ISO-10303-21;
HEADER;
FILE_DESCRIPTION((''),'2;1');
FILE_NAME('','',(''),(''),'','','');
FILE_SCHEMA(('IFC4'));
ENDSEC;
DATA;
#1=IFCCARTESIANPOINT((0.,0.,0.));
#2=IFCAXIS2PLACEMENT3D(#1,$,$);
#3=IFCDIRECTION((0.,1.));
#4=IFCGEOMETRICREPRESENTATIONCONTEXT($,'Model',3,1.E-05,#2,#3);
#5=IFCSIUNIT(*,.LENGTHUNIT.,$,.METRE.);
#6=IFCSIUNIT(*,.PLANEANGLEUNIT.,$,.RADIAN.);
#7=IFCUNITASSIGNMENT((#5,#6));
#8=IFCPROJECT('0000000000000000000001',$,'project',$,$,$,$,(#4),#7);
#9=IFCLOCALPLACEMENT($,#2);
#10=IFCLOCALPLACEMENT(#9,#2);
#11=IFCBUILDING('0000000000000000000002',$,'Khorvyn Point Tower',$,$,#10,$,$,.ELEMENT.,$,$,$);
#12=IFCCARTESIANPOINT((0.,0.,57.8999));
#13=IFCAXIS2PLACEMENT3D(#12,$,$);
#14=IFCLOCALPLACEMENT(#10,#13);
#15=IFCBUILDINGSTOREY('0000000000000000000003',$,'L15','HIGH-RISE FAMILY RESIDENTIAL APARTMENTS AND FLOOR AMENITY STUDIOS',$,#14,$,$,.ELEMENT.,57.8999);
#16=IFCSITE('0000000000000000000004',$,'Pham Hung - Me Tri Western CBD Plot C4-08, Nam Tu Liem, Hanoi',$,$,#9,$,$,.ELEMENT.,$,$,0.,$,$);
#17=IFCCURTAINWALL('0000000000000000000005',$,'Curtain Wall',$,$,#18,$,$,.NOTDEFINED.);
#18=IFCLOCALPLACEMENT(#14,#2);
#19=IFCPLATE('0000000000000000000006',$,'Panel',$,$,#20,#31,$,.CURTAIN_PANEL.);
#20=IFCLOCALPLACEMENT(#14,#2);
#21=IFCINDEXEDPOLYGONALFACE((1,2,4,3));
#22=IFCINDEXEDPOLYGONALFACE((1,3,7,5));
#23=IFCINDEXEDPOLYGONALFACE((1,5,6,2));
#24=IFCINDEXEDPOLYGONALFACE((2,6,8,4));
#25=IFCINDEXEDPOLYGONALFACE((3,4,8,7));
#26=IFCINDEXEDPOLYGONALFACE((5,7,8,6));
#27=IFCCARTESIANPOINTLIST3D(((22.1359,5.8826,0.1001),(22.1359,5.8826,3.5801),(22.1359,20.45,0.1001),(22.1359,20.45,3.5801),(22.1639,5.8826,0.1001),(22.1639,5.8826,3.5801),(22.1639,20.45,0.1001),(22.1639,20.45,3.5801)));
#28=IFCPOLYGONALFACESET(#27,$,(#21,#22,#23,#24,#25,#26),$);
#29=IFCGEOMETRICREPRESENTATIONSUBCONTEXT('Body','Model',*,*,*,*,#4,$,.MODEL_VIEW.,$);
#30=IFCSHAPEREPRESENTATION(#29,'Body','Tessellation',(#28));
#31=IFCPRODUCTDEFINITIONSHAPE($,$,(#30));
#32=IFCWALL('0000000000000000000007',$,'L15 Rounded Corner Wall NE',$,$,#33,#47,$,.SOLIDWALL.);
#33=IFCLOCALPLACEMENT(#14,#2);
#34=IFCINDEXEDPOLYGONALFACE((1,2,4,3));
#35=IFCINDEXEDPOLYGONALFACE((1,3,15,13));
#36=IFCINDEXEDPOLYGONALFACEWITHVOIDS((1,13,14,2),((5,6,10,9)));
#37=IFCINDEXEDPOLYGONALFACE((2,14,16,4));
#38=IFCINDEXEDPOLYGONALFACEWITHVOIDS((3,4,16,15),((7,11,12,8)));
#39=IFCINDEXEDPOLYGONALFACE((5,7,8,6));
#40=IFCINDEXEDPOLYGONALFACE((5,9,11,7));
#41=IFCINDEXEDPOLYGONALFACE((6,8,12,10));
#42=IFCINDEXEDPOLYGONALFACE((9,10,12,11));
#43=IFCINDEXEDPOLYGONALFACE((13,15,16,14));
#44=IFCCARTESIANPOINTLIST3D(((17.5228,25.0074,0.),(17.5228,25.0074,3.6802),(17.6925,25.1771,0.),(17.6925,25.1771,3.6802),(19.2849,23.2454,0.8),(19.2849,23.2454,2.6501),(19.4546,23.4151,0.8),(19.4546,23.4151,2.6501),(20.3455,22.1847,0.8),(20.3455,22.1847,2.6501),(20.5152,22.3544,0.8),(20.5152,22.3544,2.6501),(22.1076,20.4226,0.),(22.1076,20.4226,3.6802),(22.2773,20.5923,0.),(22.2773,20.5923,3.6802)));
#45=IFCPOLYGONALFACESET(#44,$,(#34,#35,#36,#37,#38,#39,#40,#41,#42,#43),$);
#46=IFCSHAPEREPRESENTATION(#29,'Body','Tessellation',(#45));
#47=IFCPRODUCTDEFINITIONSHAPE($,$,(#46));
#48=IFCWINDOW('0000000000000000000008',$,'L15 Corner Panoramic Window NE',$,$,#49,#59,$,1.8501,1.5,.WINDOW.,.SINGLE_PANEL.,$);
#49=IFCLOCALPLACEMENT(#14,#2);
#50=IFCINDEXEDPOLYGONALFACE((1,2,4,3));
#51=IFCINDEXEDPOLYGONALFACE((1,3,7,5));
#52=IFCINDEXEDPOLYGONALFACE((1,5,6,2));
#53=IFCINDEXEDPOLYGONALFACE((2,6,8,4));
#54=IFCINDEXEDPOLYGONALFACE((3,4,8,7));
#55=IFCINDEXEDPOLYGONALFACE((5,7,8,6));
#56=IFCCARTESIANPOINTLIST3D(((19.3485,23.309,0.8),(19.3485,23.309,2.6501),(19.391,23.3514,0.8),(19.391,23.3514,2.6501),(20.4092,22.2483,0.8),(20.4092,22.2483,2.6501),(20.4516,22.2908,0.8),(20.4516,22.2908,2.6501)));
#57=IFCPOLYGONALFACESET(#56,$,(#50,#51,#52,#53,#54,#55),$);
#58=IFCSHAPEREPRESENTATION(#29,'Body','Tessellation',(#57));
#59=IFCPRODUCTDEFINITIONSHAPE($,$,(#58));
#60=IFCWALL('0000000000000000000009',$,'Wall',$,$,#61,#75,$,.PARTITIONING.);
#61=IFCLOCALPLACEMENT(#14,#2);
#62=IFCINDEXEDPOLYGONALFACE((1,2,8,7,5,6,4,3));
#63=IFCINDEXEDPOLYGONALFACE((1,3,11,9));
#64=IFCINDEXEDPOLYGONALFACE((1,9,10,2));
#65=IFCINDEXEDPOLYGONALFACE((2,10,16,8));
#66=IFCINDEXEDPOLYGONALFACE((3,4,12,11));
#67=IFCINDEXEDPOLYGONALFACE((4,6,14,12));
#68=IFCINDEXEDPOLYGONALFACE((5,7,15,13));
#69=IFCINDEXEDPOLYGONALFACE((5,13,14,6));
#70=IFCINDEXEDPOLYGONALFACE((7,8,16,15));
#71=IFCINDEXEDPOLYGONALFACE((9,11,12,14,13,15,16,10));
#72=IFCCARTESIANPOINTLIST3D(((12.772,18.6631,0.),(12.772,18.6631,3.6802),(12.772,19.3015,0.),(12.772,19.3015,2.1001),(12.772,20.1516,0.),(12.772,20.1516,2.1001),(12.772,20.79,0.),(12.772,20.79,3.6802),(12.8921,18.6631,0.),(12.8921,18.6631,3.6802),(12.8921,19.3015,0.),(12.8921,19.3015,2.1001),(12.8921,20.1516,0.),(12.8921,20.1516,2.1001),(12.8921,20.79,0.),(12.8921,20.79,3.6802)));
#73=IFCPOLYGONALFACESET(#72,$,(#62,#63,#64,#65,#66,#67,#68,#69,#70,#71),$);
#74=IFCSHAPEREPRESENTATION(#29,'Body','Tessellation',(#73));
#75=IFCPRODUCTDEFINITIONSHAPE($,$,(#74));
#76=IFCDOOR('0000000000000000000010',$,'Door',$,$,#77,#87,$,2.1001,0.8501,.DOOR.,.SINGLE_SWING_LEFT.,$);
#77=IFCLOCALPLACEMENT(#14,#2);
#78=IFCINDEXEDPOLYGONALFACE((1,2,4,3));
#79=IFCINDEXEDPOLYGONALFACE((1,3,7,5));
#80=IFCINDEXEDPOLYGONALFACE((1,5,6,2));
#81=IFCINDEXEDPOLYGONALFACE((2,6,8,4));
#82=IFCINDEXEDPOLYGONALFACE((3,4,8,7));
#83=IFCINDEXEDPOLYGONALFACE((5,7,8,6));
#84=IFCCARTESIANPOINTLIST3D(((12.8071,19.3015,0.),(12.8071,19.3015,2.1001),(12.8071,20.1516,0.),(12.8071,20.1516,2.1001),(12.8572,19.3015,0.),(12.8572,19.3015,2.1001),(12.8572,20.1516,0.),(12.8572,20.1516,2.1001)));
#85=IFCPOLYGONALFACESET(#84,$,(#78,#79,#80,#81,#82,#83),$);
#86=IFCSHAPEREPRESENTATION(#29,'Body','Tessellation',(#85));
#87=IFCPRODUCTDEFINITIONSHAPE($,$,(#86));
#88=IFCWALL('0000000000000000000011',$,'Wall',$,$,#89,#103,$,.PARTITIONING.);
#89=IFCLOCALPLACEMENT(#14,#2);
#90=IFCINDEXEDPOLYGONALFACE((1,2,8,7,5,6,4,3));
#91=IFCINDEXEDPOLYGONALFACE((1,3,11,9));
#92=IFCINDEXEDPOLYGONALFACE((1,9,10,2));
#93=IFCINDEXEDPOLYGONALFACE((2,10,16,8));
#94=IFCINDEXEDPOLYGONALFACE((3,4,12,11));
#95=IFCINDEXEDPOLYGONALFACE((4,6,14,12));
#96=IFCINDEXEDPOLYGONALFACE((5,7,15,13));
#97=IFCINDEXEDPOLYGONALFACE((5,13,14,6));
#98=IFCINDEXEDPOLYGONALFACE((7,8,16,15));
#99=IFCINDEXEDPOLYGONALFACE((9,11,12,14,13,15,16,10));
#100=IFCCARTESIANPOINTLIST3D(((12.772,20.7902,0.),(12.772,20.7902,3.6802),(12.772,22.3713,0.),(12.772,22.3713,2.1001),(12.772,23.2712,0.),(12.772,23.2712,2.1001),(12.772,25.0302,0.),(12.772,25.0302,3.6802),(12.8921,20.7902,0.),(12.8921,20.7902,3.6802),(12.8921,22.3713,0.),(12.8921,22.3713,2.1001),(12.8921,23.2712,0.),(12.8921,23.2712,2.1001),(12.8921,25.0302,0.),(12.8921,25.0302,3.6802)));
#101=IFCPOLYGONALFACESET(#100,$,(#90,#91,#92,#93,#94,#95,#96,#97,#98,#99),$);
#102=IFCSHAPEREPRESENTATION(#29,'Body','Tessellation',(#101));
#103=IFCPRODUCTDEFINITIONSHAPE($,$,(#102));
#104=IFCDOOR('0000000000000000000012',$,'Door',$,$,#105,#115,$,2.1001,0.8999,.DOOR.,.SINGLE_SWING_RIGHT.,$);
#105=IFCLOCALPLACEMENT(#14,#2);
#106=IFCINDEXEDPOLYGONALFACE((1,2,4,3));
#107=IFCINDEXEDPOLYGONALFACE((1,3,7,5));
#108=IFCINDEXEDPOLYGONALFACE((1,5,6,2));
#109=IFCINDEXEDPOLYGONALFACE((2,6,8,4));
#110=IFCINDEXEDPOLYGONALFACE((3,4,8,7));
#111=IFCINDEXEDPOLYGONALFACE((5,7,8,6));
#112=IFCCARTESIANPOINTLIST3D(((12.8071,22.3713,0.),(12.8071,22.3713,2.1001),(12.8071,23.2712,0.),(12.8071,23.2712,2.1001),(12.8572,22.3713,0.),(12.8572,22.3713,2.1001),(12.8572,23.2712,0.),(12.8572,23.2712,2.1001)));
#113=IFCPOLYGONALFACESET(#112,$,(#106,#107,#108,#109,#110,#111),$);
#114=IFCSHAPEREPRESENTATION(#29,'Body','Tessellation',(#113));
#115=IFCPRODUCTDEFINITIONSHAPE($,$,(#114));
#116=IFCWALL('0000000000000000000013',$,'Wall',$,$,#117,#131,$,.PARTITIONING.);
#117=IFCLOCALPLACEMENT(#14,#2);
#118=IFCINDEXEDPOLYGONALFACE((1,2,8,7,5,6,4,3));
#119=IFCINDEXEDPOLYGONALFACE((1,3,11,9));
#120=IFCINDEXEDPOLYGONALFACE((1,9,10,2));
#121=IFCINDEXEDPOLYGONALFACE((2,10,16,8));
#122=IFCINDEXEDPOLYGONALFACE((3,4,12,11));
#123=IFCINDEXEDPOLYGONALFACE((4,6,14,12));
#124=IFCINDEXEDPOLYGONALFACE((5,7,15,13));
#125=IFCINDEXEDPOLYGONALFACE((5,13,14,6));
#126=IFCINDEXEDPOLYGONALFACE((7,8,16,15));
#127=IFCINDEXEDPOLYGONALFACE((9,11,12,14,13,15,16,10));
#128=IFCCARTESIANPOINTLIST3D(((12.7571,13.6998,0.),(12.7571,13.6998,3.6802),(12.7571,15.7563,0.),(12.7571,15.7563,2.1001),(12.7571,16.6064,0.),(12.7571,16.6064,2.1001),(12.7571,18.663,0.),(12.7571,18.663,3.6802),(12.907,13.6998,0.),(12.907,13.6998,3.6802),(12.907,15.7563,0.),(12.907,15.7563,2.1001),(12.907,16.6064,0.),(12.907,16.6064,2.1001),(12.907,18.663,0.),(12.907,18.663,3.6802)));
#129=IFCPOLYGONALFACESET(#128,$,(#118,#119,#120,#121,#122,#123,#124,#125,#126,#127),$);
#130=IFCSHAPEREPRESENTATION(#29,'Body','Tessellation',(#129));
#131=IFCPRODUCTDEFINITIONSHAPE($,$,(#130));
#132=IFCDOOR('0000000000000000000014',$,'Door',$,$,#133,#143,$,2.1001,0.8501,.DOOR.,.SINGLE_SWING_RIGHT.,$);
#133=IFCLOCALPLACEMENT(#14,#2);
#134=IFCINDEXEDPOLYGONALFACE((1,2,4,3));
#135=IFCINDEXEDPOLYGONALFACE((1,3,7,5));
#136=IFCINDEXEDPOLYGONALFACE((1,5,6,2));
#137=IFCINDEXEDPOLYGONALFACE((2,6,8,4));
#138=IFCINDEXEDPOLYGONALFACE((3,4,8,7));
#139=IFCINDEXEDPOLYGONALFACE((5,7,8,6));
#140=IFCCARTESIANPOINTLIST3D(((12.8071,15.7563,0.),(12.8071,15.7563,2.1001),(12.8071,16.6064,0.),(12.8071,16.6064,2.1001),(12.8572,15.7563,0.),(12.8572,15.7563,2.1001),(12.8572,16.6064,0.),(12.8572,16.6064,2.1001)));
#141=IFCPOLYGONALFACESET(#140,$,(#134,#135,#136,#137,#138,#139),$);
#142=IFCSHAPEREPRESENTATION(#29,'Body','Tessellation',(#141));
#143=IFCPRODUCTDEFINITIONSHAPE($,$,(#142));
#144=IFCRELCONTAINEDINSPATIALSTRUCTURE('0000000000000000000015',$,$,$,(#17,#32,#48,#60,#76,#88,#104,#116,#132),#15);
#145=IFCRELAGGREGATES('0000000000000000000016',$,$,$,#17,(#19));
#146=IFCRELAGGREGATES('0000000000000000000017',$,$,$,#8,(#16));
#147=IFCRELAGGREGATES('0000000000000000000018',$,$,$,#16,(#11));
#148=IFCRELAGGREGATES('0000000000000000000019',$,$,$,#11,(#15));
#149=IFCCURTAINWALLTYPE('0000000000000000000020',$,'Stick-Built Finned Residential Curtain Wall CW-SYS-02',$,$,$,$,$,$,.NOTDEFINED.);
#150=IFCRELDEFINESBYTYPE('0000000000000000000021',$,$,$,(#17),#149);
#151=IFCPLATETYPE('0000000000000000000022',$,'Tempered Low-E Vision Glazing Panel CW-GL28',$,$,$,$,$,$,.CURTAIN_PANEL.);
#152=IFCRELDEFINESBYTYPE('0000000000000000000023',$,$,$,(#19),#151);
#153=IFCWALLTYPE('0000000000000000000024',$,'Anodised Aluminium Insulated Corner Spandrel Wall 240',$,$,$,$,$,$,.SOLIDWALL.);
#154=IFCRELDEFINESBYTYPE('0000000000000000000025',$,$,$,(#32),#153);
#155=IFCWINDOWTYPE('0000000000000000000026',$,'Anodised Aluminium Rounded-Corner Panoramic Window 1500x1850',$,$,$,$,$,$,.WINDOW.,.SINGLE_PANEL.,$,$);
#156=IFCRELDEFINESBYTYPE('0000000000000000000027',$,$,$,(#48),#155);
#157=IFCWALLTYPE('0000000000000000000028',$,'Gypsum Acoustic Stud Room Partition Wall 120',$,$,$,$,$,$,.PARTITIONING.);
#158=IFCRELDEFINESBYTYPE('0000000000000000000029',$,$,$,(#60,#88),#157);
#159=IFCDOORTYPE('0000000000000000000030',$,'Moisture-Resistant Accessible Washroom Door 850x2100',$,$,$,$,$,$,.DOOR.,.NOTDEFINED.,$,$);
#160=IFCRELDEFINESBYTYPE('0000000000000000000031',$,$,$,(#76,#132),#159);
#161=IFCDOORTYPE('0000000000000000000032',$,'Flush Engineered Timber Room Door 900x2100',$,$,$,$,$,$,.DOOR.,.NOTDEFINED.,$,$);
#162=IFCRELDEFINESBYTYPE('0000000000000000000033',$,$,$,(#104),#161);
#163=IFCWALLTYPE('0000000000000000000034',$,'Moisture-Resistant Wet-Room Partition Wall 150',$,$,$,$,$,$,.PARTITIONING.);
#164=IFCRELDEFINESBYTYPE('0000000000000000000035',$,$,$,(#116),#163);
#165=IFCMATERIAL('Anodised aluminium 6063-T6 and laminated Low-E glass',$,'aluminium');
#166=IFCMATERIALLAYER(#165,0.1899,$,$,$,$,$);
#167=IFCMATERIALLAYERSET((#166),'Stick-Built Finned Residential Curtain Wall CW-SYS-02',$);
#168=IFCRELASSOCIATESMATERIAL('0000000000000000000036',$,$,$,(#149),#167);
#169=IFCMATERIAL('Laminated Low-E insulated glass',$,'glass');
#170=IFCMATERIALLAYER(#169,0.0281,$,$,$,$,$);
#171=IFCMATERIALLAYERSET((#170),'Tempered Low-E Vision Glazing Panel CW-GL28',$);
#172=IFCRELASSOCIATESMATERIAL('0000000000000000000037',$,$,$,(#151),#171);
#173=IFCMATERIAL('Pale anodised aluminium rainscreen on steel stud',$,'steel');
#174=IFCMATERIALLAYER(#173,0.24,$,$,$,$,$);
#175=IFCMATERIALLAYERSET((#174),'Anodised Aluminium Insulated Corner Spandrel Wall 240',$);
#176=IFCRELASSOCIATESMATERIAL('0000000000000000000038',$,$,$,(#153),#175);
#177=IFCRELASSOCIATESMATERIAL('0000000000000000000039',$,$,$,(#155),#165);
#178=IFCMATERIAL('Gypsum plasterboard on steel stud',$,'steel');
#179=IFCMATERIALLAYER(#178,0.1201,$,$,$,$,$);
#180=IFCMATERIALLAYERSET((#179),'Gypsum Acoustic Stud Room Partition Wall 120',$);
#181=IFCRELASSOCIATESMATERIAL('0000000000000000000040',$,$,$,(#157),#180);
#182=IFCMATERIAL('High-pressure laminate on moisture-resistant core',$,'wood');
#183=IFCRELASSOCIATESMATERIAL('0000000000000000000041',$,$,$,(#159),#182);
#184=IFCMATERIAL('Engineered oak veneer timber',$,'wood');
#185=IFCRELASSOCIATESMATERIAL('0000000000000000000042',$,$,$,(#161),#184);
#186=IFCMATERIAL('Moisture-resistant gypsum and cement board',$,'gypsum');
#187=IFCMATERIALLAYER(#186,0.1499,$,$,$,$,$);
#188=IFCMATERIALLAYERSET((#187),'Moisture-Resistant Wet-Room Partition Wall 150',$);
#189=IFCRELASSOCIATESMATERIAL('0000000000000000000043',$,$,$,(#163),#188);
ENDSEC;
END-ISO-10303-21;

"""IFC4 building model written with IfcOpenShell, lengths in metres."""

from ifc_helpers import new_model, si_unit, direction, frame, frame_2d, origin, origin_2d, place, context, subcontext, project, spatial, rectangle, extrude, material, layer, layer_set, type_object, element, fill, aggregate, save


model = new_model("IFC4")

# Units and contexts
model_context = context("Model", 3, precision=1e-05, world=origin(), true_north=direction((0.0, 1.0)))
body_context = subcontext(model_context, "Body", "Model", "MODEL_VIEW")
ifc_project = project(units=[si_unit("LENGTHUNIT", "METRE"), si_unit("PLANEANGLEUNIT", "RADIAN")], contexts=[model_context])

# Site, building, storey
site_placement = place(None, origin())
site = spatial("IfcSite", under=ifc_project, at=site_placement, Name="Pham Hung - Me Tri Western CBD Plot C4-08, Nam Tu Liem, Hanoi", CompositionType="ELEMENT", RefElevation=0.0)
building_placement = place(site_placement, origin())
building = spatial("IfcBuilding", under=site, at=building_placement, Name="Khorvyn Point Tower", CompositionType="ELEMENT")
storey_placement = place(building_placement, frame((0.0, 0.0, 57.8999)))
storey = spatial("IfcBuildingStorey", under=building, at=storey_placement, Name="L15", Description="HIGH-RISE FAMILY RESIDENTIAL APARTMENTS AND FLOOR AMENITY STUDIOS", CompositionType="ELEMENT", Elevation=57.8999)

# Shared definitions
ifc_material_1 = material(Name="Anodised aluminium 6063-T6 and laminated Low-E glass", Category="aluminium")
ifc_layer_1 = layer(ifc_material_1, 0.1899)
ifc_layer_set_1 = layer_set([ifc_layer_1], Name="Stick-Built Finned Residential Curtain Wall CW-SYS-02")
curtain_wall_type = type_object("IfcCurtainWallType", Name="Stick-Built Finned Residential Curtain Wall CW-SYS-02", PredefinedType="NOTDEFINED", material=ifc_layer_set_1)

# Curtain wall
curtain_wall_1_placement = place(storey_placement, origin())
curtain_wall_1 = element("IfcCurtainWall", 1, at=curtain_wall_1_placement, inside=storey, type_object=curtain_wall_type, Name="Curtain Wall", PredefinedType="NOTDEFINED")

# Plate
ifc_material_2 = material(Name="Laminated Low-E insulated glass", Category="glass")
ifc_layer_2 = layer(ifc_material_2, 0.0281)
ifc_layer_set_2 = layer_set([ifc_layer_2], Name="Tempered Low-E Vision Glazing Panel CW-GL28")
plate_type = type_object("IfcPlateType", Name="Tempered Low-E Vision Glazing Panel CW-GL28", PredefinedType="CURTAIN_PANEL", material=ifc_layer_set_2)
plate_1_placement = place(storey_placement, frame((22.1499, 13.1663, 0.1001), z_axis=(0.0, 0.0, 1.0), x_axis=(0.0, -1.0, 0.0)))
plate_1 = element("IfcPlate", 2, at=plate_1_placement, type_object=plate_type, Name="Panel", PredefinedType="CURTAIN_PANEL", context=body_context, shape_type="SweptSolid", body=[
    extrude(rectangle(XDim=14.5674, YDim=0.0281, at=origin_2d()), origin(), (0.0, 0.0, 1.0), 3.48),
])
aggregate(curtain_wall_1, [plate_1])

# Wall, opening, window
ifc_material_3 = material(Name="Pale anodised aluminium rainscreen on steel stud", Category="steel")
ifc_layer_3 = layer(ifc_material_3, 0.24)
ifc_layer_set_3 = layer_set([ifc_layer_3], Name="Anodised Aluminium Insulated Corner Spandrel Wall 240")
wall_type_1 = type_object("IfcWallType", Name="Anodised Aluminium Insulated Corner Spandrel Wall 240", PredefinedType="SOLIDWALL", material=ifc_layer_set_3)
wall_1_placement = place(storey_placement, frame((17.6077, 25.0923, 0.0), z_axis=(0.0, 0.0, 1.0), x_axis=(0.707107, -0.707107, 0.0)))
wall_1 = element("IfcWall", 3, at=wall_1_placement, inside=storey, type_object=wall_type_1, Name="L15 Rounded Corner Wall NE", PredefinedType="SOLIDWALL", context=body_context, shape_type="SweptSolid", body=[
    extrude(rectangle(XDim=6.4839, YDim=0.24, at=frame_2d((3.2419, 0.0))), origin(), (0.0, 0.0, 1.0), 3.6802),
])
opening_1_placement = place(wall_1_placement, frame((2.4919, 0.0, 0.8)))
opening_1 = element("IfcOpeningElement", 4, at=opening_1_placement, cuts=wall_1, PredefinedType="OPENING", context=body_context, shape_type="SweptSolid", body=[
    extrude(rectangle(XDim=1.5, YDim=1.8501, at=frame_2d((0.75, 0.925))), frame((0.0, 0.1299, 0.0), z_axis=(0.0, -1.0, 0.0), x_axis=(1.0, 0.0, 0.0)), (0.0, 0.0, 1.0), 0.26),
])
window_type = type_object("IfcWindowType", Name="Anodised Aluminium Rounded-Corner Panoramic Window 1500x1850", PartitioningType="SINGLE_PANEL", PredefinedType="WINDOW", material=ifc_material_1)
window_placement = place(opening_1_placement, origin())
window = element("IfcWindow", 5, at=window_placement, inside=storey, type_object=window_type, Name="L15 Corner Panoramic Window NE", OverallHeight=1.8501, OverallWidth=1.5, PartitioningType="SINGLE_PANEL", PredefinedType="WINDOW", context=body_context, shape_type="SweptSolid", body=[
    extrude(rectangle(XDim=1.5, YDim=1.8501, at=frame_2d((0.75, 0.925))), frame((0.0, 0.03, 0.0), z_axis=(0.0, -1.0, 0.0), x_axis=(1.0, 0.0, 0.0)), (0.0, 0.0, 1.0), 0.0601),
])
fill(opening_1, window)

# Walls, openings, doors
ifc_material_4 = material(Name="Gypsum plasterboard on steel stud", Category="steel")
ifc_layer_4 = layer(ifc_material_4, 0.1201)
ifc_layer_set_4 = layer_set([ifc_layer_4], Name="Gypsum Acoustic Stud Room Partition Wall 120")
wall_type_2 = type_object("IfcWallType", Name="Gypsum Acoustic Stud Room Partition Wall 120", PredefinedType="PARTITIONING", material=ifc_layer_set_4)
wall_2_placement = place(storey_placement, frame((12.832, 18.6631, 0.0), z_axis=(0.0, 0.0, 1.0), x_axis=(0.0, 1.0, 0.0)))
wall_2 = element("IfcWall", 6, at=wall_2_placement, inside=storey, type_object=wall_type_2, Name="Wall", PredefinedType="PARTITIONING", context=body_context, shape_type="SweptSolid", body=[
    extrude(rectangle(XDim=2.127, YDim=0.1201, at=frame_2d((1.0635, 0.0))), origin(), (0.0, 0.0, 1.0), 3.6802),
])
opening_2_placement = place(wall_2_placement, frame((0.6384, 0.0, 0.0)))
opening_2 = element("IfcOpeningElement", 7, at=opening_2_placement, cuts=wall_2, PredefinedType="OPENING", context=body_context, shape_type="SweptSolid", body=[
    extrude(rectangle(XDim=0.8501, YDim=2.1001, at=frame_2d((0.425, 1.05))), frame((0.0, 0.0701, 0.0), z_axis=(0.0, -1.0, 0.0), x_axis=(1.0, 0.0, 0.0)), (0.0, 0.0, 1.0), 0.1401),
])
ifc_material_5 = material(Name="High-pressure laminate on moisture-resistant core", Category="wood")
door_type_1 = type_object("IfcDoorType", Name="Moisture-Resistant Accessible Washroom Door 850x2100", OperationType="NOTDEFINED", PredefinedType="DOOR", material=ifc_material_5)
door_1_placement = place(opening_2_placement, origin())
door_1 = element("IfcDoor", 8, at=door_1_placement, inside=storey, type_object=door_type_1, Name="Door", OperationType="SINGLE_SWING_LEFT", OverallHeight=2.1001, OverallWidth=0.8501, PredefinedType="DOOR", context=body_context, shape_type="SweptSolid", body=[
    extrude(rectangle(XDim=0.8501, YDim=2.1001, at=frame_2d((0.425, 1.05))), frame((0.0, 0.0249, 0.0), z_axis=(0.0, -1.0, 0.0), x_axis=(1.0, 0.0, 0.0)), (0.0, 0.0, 1.0), 0.05),
])
fill(opening_2, door_1)
wall_3_placement = place(storey_placement, frame((12.832, 20.79, 0.0), z_axis=(0.0, 0.0, 1.0), x_axis=(0.0, 1.0, 0.0)))
wall_3 = element("IfcWall", 9, at=wall_3_placement, inside=storey, type_object=wall_type_2, Name="Wall", PredefinedType="PARTITIONING", context=body_context, shape_type="SweptSolid", body=[
    extrude(rectangle(XDim=4.24, YDim=0.1201, at=frame_2d((2.1201, 0.0))), origin(), (0.0, 0.0, 1.0), 3.6802),
])
opening_3_placement = place(wall_3_placement, frame((1.5813, 0.0, 0.0)))
opening_3 = element("IfcOpeningElement", 10, at=opening_3_placement, cuts=wall_3, PredefinedType="OPENING", context=body_context, shape_type="SweptSolid", body=[
    extrude(rectangle(XDim=0.8999, YDim=2.1001, at=frame_2d((0.45, 1.05))), frame((0.0, 0.0701, 0.0), z_axis=(0.0, -1.0, 0.0), x_axis=(1.0, 0.0, 0.0)), (0.0, 0.0, 1.0), 0.1401),
])
ifc_material_6 = material(Name="Engineered oak veneer timber", Category="wood")
door_type_2 = type_object("IfcDoorType", Name="Flush Engineered Timber Room Door 900x2100", OperationType="NOTDEFINED", PredefinedType="DOOR", material=ifc_material_6)
door_2_placement = place(opening_3_placement, origin())
door_2 = element("IfcDoor", 11, at=door_2_placement, inside=storey, type_object=door_type_2, Name="Door", OperationType="SINGLE_SWING_RIGHT", OverallHeight=2.1001, OverallWidth=0.8999, PredefinedType="DOOR", context=body_context, shape_type="SweptSolid", body=[
    extrude(rectangle(XDim=0.8999, YDim=2.1001, at=frame_2d((0.45, 1.05))), frame((0.0, 0.0249, 0.0), z_axis=(0.0, -1.0, 0.0), x_axis=(1.0, 0.0, 0.0)), (0.0, 0.0, 1.0), 0.05),
])
fill(opening_3, door_2)
ifc_material_7 = material(Name="Moisture-resistant gypsum and cement board", Category="gypsum")
ifc_layer_5 = layer(ifc_material_7, 0.1499)
ifc_layer_set_5 = layer_set([ifc_layer_5], Name="Moisture-Resistant Wet-Room Partition Wall 150")
wall_type_3 = type_object("IfcWallType", Name="Moisture-Resistant Wet-Room Partition Wall 150", PredefinedType="PARTITIONING", material=ifc_layer_set_5)
wall_4_placement = place(storey_placement, frame((12.832, 13.7, 0.0), z_axis=(0.0, 0.0, 1.0), x_axis=(0.0, 1.0, 0.0)))
wall_4 = element("IfcWall", 12, at=wall_4_placement, inside=storey, type_object=wall_type_3, Name="Wall", PredefinedType="PARTITIONING", context=body_context, shape_type="SweptSolid", body=[
    extrude(rectangle(XDim=4.9631, YDim=0.1499, at=frame_2d((2.4814, 0.0))), origin(), (0.0, 0.0, 1.0), 3.6802),
])
opening_4_placement = place(wall_4_placement, frame((2.0564, 0.0, 0.0)))
opening_4 = element("IfcOpeningElement", 13, at=opening_4_placement, cuts=wall_4, PredefinedType="OPENING", context=body_context, shape_type="SweptSolid", body=[
    extrude(rectangle(XDim=0.8501, YDim=2.1001, at=frame_2d((0.425, 1.05))), frame((0.0, 0.085, 0.0), z_axis=(0.0, -1.0, 0.0), x_axis=(1.0, 0.0, 0.0)), (0.0, 0.0, 1.0), 0.1699),
])
door_3_placement = place(opening_4_placement, origin())
door_3 = element("IfcDoor", 14, at=door_3_placement, inside=storey, type_object=door_type_1, Name="Door", OperationType="SINGLE_SWING_RIGHT", OverallHeight=2.1001, OverallWidth=0.8501, PredefinedType="DOOR", context=body_context, shape_type="SweptSolid", body=[
    extrude(rectangle(XDim=0.8501, YDim=2.1001, at=frame_2d((0.425, 1.05))), frame((0.0, 0.0249, 0.0), z_axis=(0.0, -1.0, 0.0), x_axis=(1.0, 0.0, 0.0)), (0.0, 0.0, 1.0), 0.05),
])
fill(opening_4, door_3)

save(model, "model.ifc")
